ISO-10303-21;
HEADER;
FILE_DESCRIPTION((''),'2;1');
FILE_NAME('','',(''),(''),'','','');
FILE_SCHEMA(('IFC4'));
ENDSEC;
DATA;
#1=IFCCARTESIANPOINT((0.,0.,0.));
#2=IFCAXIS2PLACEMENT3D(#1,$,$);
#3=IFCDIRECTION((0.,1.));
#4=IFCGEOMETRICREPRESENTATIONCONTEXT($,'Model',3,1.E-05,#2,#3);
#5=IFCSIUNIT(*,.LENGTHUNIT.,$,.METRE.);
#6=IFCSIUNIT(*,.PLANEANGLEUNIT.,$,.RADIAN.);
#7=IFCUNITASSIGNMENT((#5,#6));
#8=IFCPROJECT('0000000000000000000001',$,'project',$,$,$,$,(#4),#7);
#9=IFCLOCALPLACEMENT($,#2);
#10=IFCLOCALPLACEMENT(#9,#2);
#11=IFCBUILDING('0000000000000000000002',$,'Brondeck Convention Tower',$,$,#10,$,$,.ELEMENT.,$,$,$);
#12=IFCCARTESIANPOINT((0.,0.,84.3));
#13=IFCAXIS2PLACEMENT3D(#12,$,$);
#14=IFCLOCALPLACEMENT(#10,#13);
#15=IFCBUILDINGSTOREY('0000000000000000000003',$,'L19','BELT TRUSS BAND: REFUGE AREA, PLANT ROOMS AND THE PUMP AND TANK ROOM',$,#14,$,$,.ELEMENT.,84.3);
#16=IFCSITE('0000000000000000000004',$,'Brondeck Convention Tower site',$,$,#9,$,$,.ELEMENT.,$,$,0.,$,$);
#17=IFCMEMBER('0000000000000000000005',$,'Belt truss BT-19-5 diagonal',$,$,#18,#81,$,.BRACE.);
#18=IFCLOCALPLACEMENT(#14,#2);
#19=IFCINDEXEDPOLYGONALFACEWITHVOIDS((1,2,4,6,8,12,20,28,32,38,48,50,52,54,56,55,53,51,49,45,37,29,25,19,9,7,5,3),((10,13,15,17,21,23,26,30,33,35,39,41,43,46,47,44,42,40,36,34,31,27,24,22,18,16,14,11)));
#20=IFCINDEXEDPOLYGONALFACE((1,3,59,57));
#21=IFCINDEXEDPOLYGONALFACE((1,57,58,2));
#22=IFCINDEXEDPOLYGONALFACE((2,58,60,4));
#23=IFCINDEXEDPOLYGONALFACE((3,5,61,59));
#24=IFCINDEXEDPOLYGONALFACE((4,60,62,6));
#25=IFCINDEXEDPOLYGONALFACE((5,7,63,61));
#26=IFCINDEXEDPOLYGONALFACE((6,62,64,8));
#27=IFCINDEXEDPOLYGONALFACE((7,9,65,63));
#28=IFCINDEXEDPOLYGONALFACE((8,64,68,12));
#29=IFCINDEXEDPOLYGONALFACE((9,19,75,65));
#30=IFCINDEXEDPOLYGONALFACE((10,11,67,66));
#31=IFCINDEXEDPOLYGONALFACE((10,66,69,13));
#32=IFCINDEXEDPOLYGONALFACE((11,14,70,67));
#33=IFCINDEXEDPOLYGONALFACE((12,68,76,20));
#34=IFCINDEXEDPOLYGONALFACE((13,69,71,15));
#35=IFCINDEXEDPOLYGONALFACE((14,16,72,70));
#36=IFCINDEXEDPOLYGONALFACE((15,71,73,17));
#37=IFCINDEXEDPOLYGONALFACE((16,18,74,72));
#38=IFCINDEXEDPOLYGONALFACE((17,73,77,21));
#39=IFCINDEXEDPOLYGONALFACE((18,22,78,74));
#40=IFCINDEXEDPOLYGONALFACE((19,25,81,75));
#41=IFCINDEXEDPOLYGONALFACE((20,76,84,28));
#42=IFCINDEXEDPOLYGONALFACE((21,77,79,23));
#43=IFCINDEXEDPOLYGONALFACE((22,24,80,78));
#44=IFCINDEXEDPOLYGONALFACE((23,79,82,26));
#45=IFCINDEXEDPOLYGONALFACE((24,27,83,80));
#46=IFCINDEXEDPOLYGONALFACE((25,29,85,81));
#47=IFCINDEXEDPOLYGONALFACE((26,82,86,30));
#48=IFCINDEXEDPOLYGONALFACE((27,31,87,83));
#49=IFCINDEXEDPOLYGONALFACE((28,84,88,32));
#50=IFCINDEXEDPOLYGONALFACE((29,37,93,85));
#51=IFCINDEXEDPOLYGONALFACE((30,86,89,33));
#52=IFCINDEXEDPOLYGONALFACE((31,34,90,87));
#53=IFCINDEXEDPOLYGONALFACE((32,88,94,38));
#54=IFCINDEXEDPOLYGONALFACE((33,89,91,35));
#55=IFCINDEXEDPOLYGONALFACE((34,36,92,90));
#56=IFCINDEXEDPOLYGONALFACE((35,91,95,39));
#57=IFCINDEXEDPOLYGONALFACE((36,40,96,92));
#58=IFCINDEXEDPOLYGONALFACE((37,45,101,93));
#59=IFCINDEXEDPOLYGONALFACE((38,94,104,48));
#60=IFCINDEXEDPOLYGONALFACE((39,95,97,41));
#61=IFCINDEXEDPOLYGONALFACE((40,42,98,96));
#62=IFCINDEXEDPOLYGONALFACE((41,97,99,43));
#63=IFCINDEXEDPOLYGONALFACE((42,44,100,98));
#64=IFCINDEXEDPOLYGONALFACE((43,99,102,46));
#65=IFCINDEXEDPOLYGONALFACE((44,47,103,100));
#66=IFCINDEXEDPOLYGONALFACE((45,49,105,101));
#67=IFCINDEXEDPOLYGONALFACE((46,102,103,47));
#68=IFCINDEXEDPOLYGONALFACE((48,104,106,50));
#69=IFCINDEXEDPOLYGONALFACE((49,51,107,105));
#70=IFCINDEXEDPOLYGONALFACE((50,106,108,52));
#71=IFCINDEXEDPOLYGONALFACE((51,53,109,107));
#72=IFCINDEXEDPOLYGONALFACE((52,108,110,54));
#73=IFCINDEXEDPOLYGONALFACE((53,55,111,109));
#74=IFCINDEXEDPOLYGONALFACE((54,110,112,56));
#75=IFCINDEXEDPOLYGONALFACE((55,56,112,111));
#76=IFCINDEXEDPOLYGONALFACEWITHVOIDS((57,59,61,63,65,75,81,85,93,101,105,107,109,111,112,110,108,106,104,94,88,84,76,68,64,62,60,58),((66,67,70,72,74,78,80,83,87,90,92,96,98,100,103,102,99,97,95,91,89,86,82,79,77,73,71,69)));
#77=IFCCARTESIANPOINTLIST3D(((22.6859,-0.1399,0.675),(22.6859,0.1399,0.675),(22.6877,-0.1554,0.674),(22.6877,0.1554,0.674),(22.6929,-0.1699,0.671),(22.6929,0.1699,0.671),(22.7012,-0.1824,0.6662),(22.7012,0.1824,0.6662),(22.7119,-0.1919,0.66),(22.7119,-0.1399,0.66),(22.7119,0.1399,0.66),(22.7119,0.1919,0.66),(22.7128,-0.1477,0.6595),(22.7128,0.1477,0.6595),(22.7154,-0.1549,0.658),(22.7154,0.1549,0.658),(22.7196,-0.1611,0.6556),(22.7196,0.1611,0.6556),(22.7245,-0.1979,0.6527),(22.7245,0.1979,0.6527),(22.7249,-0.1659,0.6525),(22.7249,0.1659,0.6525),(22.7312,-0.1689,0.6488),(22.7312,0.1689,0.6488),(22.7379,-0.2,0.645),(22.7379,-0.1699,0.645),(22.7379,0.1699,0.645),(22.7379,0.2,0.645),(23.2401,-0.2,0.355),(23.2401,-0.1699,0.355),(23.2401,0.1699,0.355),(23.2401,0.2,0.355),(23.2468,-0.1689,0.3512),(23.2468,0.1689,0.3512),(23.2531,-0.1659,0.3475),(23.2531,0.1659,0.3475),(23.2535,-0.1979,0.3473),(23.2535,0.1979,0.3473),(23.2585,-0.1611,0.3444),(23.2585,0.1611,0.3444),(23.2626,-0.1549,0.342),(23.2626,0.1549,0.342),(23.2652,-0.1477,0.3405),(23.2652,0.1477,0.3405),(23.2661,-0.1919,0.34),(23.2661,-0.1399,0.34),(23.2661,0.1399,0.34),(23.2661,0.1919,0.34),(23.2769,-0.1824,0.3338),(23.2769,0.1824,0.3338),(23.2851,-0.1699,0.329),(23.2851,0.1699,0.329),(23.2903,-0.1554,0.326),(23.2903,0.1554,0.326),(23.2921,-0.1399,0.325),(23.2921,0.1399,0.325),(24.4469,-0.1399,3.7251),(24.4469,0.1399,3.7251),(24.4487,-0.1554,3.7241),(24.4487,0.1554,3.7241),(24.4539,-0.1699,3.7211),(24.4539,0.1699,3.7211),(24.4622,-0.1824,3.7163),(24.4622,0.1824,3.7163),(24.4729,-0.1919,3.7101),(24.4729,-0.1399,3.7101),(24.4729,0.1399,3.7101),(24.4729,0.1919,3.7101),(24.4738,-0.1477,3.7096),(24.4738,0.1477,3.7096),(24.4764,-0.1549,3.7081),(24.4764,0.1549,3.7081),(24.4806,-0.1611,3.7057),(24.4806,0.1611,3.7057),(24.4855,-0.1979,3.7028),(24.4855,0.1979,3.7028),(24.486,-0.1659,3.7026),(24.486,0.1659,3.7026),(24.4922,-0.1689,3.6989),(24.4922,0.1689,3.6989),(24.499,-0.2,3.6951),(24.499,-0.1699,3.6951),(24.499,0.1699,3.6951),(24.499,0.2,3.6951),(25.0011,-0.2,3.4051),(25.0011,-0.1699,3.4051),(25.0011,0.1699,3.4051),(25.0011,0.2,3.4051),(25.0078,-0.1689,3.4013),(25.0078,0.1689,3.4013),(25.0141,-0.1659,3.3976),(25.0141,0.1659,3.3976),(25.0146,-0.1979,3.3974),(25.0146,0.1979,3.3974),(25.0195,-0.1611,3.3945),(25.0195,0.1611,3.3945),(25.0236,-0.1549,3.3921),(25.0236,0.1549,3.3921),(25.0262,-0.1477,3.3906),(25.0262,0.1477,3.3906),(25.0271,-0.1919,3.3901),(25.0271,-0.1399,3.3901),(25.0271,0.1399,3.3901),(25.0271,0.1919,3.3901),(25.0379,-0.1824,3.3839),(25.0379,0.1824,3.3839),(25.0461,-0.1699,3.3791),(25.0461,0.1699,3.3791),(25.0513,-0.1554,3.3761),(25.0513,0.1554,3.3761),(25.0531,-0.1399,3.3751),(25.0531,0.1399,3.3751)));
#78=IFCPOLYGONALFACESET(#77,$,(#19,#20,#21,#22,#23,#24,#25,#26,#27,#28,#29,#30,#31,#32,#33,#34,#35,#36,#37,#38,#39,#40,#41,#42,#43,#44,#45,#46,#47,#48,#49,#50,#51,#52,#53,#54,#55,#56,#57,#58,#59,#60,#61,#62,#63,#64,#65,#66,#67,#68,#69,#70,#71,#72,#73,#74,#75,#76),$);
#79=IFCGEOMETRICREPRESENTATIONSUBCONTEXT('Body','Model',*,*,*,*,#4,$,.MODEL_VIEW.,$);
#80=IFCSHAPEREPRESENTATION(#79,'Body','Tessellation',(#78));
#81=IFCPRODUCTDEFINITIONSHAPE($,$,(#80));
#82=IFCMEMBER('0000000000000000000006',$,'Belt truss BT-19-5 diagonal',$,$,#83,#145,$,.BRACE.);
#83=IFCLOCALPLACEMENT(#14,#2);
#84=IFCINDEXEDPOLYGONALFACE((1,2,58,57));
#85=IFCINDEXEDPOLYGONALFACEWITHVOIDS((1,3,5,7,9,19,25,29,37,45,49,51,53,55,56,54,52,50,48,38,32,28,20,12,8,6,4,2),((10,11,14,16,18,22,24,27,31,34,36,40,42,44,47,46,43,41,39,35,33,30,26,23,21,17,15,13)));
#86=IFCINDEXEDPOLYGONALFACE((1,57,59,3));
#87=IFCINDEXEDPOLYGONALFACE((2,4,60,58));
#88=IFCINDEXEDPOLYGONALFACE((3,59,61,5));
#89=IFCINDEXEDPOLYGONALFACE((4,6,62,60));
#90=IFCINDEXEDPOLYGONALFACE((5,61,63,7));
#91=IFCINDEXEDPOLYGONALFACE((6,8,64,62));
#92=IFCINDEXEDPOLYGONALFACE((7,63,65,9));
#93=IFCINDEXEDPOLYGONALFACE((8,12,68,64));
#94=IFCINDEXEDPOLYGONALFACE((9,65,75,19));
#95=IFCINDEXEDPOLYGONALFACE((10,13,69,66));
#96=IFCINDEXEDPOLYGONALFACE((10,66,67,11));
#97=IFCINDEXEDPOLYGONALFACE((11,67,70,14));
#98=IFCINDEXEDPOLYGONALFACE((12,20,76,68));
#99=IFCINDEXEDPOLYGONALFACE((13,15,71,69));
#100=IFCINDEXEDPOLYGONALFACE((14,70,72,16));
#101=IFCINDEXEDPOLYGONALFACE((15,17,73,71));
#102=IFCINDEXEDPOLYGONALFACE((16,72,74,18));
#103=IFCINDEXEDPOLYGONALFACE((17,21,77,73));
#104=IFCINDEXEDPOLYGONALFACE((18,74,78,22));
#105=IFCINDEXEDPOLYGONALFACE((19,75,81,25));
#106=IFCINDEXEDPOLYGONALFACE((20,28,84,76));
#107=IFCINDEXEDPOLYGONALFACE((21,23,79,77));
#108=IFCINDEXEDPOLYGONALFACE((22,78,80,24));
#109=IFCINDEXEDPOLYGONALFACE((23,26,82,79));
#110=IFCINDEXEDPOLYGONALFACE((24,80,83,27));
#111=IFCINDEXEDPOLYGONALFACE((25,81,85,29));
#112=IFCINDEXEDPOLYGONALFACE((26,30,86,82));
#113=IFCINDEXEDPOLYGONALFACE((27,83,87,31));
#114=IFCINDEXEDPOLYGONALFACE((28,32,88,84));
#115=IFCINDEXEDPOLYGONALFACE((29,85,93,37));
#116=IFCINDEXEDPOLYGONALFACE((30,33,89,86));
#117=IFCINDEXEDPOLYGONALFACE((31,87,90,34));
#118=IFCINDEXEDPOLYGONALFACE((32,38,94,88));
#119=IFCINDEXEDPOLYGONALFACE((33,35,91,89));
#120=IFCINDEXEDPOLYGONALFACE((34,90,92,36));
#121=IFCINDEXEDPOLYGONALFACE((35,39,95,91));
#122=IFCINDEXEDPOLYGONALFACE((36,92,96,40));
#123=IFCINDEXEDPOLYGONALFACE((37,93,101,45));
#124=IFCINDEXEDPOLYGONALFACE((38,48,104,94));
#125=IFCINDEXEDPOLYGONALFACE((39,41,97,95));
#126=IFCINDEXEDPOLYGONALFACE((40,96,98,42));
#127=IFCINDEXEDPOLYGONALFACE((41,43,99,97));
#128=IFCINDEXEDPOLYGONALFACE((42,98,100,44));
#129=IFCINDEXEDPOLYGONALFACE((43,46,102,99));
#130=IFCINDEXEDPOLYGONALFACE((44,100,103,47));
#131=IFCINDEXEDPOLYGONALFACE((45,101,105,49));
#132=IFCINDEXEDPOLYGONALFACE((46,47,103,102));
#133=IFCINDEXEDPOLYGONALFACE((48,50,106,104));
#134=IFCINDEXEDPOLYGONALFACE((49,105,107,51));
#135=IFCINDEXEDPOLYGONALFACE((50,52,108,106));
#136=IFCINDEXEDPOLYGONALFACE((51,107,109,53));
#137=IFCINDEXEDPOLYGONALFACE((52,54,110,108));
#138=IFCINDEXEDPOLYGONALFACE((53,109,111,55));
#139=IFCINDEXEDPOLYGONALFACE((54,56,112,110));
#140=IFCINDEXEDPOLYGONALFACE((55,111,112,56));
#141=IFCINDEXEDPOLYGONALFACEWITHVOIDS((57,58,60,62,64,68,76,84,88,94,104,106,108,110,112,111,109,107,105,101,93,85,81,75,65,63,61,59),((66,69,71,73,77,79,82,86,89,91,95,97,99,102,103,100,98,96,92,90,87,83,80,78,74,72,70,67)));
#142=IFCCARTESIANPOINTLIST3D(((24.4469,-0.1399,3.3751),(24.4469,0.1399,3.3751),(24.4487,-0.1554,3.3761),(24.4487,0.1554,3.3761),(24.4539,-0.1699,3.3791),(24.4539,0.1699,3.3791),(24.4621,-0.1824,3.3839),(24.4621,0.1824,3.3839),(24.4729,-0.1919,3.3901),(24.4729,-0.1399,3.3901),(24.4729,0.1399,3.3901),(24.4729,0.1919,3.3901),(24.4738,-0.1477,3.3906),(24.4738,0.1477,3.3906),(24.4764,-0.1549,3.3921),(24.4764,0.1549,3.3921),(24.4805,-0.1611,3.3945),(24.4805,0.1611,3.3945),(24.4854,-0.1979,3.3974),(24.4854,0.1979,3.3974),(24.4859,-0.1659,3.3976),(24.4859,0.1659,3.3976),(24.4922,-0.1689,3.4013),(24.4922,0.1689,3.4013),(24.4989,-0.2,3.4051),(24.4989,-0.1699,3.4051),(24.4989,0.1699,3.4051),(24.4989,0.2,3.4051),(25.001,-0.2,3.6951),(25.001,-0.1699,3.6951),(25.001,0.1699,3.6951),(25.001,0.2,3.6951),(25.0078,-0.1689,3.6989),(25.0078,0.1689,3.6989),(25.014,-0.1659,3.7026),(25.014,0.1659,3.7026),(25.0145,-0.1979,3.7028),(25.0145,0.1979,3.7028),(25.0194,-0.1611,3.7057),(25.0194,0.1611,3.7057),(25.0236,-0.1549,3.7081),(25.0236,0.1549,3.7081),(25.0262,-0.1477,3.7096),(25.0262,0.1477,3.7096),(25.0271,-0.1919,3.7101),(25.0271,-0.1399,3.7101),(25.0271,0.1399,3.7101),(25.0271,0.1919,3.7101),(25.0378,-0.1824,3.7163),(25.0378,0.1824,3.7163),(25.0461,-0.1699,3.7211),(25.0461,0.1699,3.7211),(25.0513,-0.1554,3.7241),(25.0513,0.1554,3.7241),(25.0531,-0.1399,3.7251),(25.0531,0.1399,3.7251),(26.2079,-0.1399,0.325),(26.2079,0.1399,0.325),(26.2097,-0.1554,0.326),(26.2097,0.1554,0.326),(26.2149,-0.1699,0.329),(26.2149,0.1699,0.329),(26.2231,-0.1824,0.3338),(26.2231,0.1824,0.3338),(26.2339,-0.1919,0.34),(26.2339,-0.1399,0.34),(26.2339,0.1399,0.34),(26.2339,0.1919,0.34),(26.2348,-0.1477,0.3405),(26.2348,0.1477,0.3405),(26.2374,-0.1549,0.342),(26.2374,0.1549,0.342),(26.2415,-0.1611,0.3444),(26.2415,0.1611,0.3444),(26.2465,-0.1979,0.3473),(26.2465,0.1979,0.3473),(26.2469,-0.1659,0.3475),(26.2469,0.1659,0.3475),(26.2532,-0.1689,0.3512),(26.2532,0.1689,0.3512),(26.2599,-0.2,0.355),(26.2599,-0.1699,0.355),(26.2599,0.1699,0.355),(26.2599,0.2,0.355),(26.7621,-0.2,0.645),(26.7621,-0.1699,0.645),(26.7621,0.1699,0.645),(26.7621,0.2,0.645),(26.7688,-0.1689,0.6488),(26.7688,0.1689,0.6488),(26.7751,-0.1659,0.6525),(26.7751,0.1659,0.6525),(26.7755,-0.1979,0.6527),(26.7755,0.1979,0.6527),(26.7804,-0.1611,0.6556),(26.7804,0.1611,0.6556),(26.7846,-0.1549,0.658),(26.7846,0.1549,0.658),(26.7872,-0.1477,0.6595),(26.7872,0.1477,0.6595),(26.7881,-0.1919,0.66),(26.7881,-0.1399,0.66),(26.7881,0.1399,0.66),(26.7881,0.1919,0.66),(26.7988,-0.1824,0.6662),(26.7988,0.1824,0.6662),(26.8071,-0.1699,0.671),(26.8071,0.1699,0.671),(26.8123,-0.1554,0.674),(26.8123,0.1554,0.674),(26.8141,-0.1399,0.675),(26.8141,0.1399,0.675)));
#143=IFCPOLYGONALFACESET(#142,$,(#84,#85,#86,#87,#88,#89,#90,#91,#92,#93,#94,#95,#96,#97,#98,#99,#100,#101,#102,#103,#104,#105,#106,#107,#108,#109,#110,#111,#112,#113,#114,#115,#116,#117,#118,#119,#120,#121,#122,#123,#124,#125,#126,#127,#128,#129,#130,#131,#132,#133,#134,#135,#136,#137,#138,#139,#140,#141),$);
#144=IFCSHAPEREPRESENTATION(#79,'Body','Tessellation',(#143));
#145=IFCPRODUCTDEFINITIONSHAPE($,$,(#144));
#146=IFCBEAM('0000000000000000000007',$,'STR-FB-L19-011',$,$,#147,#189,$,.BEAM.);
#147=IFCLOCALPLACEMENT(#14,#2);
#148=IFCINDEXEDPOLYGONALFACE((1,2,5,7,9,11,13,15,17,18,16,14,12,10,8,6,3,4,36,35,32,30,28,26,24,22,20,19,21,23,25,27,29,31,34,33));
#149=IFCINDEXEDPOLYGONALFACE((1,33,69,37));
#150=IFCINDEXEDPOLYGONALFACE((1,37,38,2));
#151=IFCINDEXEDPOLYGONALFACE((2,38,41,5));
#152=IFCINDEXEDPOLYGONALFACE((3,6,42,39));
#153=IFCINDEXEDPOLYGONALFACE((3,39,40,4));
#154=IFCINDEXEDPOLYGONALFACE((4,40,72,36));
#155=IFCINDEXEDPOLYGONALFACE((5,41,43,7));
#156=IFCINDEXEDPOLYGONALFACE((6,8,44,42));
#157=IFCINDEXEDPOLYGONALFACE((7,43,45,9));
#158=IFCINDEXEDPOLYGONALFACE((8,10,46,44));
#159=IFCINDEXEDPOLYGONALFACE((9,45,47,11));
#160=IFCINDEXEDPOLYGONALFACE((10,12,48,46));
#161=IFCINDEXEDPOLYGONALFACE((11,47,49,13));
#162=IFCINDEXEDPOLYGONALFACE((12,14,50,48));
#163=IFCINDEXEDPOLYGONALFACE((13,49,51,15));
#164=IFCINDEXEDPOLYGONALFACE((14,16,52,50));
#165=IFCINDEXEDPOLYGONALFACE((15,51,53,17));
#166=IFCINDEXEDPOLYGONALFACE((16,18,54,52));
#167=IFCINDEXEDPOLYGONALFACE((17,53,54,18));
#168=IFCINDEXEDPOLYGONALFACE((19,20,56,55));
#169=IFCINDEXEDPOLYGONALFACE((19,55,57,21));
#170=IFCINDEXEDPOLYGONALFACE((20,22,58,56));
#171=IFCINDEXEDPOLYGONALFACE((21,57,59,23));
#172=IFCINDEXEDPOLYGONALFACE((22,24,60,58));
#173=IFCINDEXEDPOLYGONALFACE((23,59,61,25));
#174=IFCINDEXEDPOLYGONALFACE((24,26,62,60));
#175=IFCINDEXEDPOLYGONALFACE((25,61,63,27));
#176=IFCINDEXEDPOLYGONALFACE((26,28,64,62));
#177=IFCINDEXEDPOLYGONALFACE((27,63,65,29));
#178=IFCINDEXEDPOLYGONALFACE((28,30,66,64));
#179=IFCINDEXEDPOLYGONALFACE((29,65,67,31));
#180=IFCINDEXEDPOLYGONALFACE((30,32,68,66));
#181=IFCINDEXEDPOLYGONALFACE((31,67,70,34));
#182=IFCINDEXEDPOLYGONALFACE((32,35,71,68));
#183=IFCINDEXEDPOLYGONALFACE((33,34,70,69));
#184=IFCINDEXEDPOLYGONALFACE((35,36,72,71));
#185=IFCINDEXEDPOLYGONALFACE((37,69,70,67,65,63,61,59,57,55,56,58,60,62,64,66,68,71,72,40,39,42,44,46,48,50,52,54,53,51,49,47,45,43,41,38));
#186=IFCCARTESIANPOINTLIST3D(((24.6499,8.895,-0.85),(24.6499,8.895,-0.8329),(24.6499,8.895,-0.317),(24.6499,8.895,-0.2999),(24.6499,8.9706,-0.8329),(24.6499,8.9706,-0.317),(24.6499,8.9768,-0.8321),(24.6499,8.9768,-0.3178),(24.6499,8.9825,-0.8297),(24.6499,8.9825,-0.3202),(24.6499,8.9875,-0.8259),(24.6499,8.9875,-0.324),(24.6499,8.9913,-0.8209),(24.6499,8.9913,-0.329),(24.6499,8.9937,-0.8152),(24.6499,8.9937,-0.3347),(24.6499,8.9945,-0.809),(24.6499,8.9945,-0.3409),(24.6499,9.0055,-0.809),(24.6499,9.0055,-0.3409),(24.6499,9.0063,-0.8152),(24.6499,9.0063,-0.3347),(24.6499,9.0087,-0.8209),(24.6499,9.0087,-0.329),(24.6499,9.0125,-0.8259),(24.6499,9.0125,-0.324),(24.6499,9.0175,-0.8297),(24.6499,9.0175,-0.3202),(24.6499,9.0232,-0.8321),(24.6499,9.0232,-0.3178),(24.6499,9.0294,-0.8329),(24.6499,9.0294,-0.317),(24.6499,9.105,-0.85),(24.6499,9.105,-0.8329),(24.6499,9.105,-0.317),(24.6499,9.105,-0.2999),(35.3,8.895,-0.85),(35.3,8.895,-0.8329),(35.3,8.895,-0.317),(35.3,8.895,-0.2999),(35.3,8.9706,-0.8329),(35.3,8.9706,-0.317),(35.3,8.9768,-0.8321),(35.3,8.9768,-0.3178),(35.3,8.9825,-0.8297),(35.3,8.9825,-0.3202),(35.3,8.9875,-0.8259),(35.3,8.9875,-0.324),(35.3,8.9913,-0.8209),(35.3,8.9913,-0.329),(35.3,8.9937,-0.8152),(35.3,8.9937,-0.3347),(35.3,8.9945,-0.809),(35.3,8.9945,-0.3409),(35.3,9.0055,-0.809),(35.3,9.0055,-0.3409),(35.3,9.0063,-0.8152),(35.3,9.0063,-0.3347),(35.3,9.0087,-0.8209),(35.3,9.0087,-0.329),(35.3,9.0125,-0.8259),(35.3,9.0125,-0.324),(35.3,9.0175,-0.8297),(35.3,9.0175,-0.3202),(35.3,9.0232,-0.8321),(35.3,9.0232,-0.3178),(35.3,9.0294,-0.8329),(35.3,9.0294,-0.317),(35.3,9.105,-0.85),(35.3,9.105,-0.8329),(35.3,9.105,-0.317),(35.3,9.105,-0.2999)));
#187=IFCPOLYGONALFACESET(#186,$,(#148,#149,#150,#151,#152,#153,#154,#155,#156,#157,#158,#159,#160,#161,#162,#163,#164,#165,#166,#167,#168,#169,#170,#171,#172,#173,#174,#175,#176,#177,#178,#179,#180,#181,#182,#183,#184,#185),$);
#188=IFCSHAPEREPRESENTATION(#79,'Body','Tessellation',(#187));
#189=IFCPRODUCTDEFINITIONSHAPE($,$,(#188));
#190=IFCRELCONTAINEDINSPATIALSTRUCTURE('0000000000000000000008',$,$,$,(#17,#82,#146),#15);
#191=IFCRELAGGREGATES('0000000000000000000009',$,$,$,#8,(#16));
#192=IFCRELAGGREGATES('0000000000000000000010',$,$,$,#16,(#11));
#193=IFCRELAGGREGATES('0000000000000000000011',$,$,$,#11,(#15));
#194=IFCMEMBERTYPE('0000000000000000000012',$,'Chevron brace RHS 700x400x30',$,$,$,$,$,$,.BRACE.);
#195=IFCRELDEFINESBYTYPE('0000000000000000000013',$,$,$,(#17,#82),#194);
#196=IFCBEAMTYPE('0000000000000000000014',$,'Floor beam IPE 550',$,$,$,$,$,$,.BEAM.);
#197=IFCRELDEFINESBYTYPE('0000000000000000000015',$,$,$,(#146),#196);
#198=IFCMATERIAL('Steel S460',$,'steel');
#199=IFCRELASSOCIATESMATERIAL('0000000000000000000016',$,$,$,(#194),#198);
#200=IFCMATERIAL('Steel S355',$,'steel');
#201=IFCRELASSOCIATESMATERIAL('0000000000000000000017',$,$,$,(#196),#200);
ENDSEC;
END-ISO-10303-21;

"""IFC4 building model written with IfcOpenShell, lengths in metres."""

from ifc_helpers import new_model, si_unit, direction, frame, origin, origin_2d, place, context, subcontext, project, spatial, hollow_rectangle, i_section, extrude, material, material_profile, profile_set, type_object, element, save


model = new_model("IFC4")

# Units and contexts
model_context = context("Model", 3, precision=1e-05, world=origin(), true_north=direction((0.0, 1.0)))
body_context = subcontext(model_context, "Body", "Model", "MODEL_VIEW")
ifc_project = project(units=[si_unit("LENGTHUNIT", "METRE"), si_unit("PLANEANGLEUNIT", "RADIAN")], contexts=[model_context])

# Site, building, storey
site_placement = place(None, origin())
site = spatial("IfcSite", under=ifc_project, at=site_placement, Name="Brondeck Convention Tower site", CompositionType="ELEMENT", RefElevation=0.0)
building_placement = place(site_placement, origin())
building = spatial("IfcBuilding", under=site, at=building_placement, Name="Brondeck Convention Tower", CompositionType="ELEMENT")
storey_placement = place(building_placement, frame((0.0, 0.0, 84.3)))
storey = spatial("IfcBuildingStorey", under=building, at=storey_placement, Name="L19", Description="BELT TRUSS BAND: REFUGE AREA, PLANT ROOMS AND THE PUMP AND TANK ROOM", CompositionType="ELEMENT", Elevation=84.3)

# Members
ifc_material_1 = material(Name="Steel S460", Category="steel")
ifc_material_profile_1 = material_profile(ifc_material_1, hollow_rectangle(XDim=0.3999, YDim=0.7, WallThickness=0.03, InnerFilletRadius=0.03, OuterFilletRadius=0.0601, at=origin_2d()), Name="RHS 700x400x30")
ifc_profile_set_1 = profile_set([ifc_material_profile_1], Name="Steel S460")
member_type_1 = type_object("IfcMemberType", Name="Chevron brace RHS 700x400x30", PredefinedType="BRACE", material=ifc_profile_set_1)
for number, where, z_axis, x_axis, name in (
    (1, (22.989, 0.0, 0.5), (0.500008, 0.0, 0.866021), (0.0, 1.0, 0.0), "Belt truss BT-19-5 diagonal"),
    (2, (26.511, 0.0, 0.5), (-0.500008, 0.0, 0.866021), (0.0, -1.0, 0.0), "Belt truss BT-19-5 diagonal"),
):
    element("IfcMember", number, at=place(storey_placement, frame(where, z_axis=z_axis, x_axis=x_axis)), inside=storey, type_object=member_type_1, Name=name, PredefinedType="BRACE", context=body_context, shape_type="SweptSolid", body=[
        extrude(hollow_rectangle(XDim=0.3999, YDim=0.7, WallThickness=0.03, InnerFilletRadius=0.03, OuterFilletRadius=0.0601, at=origin_2d()), origin(), (0.0, 0.0, 1.0), 3.522),
    ])

# Beam
ifc_material_2 = material(Name="Steel S355", Category="steel")
ifc_material_profile_2 = material_profile(ifc_material_2, i_section(OverallWidth=0.21, OverallDepth=0.55, WebThickness=0.011, FlangeThickness=0.0171, FilletRadius=0.0239, at=origin_2d()), Name="IPE 550")
ifc_profile_set_2 = profile_set([ifc_material_profile_2], Name="Steel S355")
beam_type_1 = type_object("IfcBeamType", Name="Floor beam IPE 550", PredefinedType="BEAM", material=ifc_profile_set_2)
beam_1_placement = place(storey_placement, frame((24.6499, 9.0, -0.575), z_axis=(1.0, 0.0, 0.0), x_axis=(0.0, 1.0, 0.0)))
element("IfcBeam", 3, at=beam_1_placement, inside=storey, type_object=beam_type_1, Name="STR-FB-L19-011", PredefinedType="BEAM", context=body_context, shape_type="SweptSolid", body=[
    extrude(i_section(OverallWidth=0.21, OverallDepth=0.55, WebThickness=0.011, FlangeThickness=0.0171, FilletRadius=0.0239, at=origin_2d()), origin(), (0.0, 0.0, 1.0), 10.6501),
])

save(model, "model.ifc")
